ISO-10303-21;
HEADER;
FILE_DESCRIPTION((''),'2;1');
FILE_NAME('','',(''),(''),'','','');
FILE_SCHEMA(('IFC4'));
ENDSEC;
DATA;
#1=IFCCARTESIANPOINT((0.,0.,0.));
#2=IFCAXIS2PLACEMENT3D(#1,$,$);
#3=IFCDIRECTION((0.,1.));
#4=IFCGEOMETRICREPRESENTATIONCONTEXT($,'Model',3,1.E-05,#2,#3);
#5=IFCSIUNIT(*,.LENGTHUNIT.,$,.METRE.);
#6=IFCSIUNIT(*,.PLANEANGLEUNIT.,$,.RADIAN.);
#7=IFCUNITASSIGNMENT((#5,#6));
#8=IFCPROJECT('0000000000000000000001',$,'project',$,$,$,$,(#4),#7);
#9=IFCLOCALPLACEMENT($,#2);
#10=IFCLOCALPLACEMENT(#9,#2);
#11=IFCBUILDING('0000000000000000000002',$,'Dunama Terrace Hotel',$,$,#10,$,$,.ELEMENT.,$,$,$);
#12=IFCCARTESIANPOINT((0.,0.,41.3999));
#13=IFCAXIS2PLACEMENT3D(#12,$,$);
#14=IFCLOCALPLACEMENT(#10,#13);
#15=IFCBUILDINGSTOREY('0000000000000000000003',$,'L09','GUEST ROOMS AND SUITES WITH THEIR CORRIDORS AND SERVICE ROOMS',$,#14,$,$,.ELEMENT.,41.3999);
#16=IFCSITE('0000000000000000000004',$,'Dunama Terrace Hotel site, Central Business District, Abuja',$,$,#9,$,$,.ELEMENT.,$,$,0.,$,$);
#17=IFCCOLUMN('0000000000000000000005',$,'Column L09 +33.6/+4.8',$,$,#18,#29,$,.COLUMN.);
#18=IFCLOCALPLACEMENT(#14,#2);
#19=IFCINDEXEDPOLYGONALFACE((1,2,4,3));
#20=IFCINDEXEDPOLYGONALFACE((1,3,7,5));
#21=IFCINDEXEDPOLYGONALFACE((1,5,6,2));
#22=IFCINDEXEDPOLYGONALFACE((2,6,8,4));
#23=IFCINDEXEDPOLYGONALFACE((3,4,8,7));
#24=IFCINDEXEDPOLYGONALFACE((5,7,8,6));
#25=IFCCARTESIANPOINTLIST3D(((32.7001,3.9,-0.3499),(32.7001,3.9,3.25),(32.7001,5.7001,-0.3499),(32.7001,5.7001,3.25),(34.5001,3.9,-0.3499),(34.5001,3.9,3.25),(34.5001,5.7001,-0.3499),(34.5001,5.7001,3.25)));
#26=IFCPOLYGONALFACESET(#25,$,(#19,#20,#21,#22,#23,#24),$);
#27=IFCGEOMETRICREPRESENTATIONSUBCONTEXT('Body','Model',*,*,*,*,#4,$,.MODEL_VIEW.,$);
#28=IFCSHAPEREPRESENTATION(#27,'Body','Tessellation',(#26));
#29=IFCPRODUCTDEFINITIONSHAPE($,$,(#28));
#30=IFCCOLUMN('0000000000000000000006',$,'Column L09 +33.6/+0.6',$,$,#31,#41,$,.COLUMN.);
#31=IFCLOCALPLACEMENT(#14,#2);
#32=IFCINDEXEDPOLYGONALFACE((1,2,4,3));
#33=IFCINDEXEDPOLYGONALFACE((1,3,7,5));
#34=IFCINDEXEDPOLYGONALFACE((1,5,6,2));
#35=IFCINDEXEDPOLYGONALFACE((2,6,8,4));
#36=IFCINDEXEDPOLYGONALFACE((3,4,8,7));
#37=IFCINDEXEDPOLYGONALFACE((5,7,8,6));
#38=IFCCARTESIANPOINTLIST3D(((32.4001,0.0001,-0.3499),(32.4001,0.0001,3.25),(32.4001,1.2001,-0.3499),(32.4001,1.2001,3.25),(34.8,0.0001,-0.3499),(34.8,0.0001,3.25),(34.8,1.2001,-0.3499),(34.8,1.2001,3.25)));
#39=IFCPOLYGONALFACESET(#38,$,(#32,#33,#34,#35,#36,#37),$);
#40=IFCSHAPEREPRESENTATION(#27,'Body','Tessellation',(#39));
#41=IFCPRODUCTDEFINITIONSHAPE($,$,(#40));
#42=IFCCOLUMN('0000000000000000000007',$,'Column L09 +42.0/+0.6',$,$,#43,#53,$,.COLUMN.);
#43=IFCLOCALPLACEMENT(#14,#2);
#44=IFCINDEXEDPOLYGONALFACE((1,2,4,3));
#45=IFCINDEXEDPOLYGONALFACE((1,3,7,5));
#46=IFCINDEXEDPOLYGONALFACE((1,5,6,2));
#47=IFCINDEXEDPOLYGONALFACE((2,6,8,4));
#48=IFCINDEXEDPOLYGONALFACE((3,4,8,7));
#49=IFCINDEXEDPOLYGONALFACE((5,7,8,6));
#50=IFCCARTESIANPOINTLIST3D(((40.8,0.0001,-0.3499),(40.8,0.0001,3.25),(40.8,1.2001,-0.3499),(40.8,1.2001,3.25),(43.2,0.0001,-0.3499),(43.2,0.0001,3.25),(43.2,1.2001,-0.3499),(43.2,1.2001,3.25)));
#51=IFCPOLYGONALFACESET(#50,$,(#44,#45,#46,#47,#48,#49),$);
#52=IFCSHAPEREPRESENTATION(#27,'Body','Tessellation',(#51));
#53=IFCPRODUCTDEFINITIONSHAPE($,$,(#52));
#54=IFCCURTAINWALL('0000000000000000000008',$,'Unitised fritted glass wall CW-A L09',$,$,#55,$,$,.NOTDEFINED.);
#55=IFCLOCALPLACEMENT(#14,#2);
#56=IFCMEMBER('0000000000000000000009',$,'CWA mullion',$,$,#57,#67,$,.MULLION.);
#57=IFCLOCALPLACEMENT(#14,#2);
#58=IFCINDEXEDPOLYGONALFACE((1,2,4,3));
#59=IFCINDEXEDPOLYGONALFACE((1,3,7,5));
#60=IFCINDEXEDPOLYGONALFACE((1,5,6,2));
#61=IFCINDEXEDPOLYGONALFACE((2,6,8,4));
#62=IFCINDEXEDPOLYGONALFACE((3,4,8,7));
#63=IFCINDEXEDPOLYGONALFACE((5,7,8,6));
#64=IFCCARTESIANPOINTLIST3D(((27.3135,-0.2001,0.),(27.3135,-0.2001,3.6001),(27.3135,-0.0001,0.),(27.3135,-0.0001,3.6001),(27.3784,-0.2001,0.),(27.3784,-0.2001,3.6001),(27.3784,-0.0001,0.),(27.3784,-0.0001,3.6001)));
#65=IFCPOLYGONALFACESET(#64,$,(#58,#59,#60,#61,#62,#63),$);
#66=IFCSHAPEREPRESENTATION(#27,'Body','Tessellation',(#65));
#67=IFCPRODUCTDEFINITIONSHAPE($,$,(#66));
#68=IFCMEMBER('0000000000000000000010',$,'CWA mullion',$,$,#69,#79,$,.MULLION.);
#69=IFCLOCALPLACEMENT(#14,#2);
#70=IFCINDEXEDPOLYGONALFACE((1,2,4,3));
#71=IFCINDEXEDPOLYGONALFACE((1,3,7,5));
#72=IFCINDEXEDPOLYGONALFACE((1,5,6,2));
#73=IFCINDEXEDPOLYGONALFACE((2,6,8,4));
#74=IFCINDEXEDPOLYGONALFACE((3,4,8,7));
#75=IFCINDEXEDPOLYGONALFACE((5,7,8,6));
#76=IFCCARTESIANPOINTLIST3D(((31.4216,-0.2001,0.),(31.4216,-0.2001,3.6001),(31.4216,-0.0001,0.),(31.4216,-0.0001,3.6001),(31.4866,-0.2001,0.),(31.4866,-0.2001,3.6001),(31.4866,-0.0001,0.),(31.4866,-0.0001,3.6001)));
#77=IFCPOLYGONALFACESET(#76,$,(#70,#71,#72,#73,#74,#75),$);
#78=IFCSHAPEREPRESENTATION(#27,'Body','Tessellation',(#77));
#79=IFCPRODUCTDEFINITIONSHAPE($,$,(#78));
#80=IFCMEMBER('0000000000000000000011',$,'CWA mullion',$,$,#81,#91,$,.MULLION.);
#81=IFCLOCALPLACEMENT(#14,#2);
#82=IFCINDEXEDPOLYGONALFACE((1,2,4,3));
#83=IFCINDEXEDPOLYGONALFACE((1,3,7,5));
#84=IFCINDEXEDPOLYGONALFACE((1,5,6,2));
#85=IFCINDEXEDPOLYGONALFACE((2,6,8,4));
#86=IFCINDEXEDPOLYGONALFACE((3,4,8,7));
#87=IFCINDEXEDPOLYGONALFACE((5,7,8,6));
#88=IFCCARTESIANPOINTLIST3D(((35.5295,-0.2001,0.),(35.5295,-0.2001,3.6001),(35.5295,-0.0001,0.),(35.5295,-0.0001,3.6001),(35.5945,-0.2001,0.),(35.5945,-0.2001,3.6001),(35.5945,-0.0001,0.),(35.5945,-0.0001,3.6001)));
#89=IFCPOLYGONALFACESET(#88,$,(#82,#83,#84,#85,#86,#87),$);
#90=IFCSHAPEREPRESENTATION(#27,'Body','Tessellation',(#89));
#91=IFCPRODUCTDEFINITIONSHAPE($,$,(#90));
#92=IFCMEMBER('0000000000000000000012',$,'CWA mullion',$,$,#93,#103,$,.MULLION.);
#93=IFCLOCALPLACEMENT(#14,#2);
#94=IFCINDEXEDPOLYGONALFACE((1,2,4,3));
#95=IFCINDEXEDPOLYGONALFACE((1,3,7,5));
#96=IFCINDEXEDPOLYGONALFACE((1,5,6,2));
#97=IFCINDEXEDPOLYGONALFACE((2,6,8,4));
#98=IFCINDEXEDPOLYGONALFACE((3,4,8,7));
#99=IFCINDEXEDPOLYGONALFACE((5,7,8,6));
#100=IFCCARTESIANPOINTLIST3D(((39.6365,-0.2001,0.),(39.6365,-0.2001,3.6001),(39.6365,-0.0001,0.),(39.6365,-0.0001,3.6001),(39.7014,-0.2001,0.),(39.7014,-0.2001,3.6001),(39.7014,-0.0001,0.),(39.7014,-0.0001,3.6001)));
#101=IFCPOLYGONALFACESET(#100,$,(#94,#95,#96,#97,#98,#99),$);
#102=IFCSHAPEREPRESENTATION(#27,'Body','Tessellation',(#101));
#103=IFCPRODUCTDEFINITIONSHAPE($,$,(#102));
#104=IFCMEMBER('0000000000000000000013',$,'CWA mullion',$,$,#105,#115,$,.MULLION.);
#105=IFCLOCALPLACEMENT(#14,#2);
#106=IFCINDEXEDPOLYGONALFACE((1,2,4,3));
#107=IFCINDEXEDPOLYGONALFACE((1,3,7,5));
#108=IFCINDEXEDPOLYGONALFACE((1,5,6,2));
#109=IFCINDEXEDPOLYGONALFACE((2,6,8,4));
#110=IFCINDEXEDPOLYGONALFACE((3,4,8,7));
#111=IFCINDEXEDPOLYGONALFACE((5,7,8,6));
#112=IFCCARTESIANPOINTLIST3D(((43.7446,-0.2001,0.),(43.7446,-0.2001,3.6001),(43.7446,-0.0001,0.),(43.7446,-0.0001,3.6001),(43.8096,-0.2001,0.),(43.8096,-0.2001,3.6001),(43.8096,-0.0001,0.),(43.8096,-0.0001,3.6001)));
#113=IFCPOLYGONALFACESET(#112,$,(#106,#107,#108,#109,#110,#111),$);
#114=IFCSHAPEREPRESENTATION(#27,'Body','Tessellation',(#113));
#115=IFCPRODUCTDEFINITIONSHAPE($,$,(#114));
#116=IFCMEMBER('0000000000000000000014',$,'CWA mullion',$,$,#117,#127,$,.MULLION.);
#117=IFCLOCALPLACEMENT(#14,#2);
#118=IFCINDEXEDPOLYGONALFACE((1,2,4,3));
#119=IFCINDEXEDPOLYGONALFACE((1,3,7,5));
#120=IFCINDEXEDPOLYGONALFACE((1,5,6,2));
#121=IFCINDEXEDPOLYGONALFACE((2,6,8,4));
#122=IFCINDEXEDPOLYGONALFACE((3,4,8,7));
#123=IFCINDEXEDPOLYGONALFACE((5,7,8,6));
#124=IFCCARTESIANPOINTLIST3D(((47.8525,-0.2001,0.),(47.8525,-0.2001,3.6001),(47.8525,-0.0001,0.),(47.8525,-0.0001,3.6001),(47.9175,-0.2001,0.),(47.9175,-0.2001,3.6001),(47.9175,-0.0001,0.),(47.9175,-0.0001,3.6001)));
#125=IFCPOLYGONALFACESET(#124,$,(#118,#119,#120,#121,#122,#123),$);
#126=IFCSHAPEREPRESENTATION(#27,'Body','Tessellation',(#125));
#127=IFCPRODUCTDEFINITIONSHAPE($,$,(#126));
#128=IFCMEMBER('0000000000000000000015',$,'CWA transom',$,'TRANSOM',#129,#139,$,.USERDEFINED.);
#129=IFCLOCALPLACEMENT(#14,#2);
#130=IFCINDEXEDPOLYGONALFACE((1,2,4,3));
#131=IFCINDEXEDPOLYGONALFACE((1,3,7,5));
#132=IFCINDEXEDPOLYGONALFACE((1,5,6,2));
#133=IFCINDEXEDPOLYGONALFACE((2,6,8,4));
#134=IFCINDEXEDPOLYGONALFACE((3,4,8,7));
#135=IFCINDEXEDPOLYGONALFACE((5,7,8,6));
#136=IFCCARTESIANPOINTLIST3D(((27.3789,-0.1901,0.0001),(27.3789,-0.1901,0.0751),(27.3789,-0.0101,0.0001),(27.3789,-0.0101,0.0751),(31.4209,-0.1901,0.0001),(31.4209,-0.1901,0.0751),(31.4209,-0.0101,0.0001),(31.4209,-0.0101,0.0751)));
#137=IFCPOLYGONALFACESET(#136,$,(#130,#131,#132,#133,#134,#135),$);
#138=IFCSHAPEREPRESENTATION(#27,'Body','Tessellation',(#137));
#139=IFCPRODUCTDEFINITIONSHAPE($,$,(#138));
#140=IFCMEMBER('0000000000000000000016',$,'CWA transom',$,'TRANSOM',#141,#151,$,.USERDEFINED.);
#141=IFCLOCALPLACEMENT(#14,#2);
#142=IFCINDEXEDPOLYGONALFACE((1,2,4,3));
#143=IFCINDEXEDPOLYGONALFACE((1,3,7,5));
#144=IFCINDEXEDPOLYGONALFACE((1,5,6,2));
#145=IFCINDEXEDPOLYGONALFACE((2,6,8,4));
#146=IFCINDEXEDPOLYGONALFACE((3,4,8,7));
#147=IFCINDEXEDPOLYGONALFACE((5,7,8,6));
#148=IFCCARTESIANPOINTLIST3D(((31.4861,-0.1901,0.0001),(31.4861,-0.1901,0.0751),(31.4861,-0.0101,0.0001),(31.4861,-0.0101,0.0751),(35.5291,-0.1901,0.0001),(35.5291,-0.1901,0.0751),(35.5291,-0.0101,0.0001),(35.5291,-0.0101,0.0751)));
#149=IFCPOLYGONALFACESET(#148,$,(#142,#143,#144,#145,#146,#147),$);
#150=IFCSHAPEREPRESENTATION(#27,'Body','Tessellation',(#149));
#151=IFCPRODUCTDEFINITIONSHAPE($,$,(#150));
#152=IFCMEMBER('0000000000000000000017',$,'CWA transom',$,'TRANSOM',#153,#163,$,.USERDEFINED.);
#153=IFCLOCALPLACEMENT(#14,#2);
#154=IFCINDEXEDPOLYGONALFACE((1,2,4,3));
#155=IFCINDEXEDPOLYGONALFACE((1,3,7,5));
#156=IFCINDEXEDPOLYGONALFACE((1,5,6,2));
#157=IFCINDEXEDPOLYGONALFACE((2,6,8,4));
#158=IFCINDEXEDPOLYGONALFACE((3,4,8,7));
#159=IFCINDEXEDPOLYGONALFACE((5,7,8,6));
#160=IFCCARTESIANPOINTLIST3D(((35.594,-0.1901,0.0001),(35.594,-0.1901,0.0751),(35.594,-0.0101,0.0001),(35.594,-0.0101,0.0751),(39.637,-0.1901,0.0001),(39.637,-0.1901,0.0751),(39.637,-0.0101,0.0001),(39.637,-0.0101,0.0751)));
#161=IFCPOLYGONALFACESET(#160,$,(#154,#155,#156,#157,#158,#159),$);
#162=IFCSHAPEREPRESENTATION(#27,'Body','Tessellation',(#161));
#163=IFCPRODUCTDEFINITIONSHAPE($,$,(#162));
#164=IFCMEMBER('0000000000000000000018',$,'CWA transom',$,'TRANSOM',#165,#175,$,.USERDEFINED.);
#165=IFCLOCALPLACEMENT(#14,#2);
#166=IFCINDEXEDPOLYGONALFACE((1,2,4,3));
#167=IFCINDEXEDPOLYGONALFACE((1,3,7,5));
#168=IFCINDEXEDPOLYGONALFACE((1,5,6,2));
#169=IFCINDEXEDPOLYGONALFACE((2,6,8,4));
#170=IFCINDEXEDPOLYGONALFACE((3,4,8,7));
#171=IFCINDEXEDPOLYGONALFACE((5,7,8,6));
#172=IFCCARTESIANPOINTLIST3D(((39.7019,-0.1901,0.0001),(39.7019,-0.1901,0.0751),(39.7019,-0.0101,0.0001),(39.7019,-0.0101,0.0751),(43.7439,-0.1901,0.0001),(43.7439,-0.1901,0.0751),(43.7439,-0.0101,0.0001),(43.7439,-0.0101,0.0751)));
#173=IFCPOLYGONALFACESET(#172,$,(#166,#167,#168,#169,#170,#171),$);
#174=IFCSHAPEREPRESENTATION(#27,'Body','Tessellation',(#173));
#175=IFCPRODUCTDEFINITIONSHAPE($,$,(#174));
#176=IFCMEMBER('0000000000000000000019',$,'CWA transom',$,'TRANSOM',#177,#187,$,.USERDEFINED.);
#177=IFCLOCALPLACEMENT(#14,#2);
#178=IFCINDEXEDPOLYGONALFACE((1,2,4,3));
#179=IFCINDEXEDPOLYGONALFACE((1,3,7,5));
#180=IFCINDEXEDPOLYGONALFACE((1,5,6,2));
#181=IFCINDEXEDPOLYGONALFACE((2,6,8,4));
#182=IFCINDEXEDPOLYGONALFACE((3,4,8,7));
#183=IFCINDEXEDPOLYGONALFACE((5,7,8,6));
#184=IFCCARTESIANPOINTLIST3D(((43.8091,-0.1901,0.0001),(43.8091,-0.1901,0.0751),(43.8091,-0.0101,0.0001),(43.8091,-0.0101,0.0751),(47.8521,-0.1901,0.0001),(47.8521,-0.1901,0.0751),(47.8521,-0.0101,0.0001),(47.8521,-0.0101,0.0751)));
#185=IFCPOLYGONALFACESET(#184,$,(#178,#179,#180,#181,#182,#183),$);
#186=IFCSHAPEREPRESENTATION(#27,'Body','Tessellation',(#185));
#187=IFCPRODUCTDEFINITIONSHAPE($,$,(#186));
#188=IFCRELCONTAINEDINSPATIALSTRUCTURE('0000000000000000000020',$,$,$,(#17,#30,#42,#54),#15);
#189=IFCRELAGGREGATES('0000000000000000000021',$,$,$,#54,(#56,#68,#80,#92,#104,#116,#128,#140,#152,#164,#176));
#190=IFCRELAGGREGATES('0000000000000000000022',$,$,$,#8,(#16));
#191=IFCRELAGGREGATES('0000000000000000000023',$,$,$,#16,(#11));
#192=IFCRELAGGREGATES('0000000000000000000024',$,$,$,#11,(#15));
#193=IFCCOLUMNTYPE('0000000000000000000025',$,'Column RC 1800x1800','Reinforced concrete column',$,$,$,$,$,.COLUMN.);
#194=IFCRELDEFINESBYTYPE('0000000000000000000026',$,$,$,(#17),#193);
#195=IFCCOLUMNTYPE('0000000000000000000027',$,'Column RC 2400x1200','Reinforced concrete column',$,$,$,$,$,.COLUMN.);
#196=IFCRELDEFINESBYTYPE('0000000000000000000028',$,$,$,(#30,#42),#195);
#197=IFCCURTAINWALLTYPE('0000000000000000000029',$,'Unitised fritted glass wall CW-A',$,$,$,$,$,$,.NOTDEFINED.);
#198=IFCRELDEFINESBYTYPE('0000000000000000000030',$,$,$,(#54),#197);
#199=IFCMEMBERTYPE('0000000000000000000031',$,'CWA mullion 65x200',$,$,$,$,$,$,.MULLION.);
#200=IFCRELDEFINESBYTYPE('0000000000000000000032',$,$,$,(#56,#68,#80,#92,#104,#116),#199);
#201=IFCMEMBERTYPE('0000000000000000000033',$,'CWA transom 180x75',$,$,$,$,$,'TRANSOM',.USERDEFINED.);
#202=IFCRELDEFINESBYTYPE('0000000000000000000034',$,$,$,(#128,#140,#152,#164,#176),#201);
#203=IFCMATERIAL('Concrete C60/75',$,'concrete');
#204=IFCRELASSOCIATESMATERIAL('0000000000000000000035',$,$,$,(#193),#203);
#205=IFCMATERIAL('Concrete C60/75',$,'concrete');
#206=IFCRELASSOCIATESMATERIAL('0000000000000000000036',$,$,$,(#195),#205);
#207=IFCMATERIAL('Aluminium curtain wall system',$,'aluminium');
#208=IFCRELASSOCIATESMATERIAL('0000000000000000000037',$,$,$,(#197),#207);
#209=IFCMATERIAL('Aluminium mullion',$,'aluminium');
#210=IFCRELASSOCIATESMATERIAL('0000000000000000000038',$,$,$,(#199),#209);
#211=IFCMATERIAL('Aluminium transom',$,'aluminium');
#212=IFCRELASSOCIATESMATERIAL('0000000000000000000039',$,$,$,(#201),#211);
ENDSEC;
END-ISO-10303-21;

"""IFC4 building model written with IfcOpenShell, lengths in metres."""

from ifc_helpers import new_model, si_unit, direction, frame, origin, origin_2d, place, context, subcontext, project, spatial, rectangle, extrude, material, material_profile, profile_set, type_object, element, aggregate, save


model = new_model("IFC4")

# Units and contexts
model_context = context("Model", 3, precision=1e-05, world=origin(), true_north=direction((0.0, 1.0)))
body_context = subcontext(model_context, "Body", "Model", "MODEL_VIEW")
ifc_project = project(units=[si_unit("LENGTHUNIT", "METRE"), si_unit("PLANEANGLEUNIT", "RADIAN")], contexts=[model_context])

# Site, building, storey
site_placement = place(None, origin())
site = spatial("IfcSite", under=ifc_project, at=site_placement, Name="Dunama Terrace Hotel site, Central Business District, Abuja", CompositionType="ELEMENT", RefElevation=0.0)
building_placement = place(site_placement, origin())
building = spatial("IfcBuilding", under=site, at=building_placement, Name="Dunama Terrace Hotel", CompositionType="ELEMENT")
storey_placement = place(building_placement, frame((0.0, 0.0, 41.3999)))
storey = spatial("IfcBuildingStorey", under=building, at=storey_placement, Name="L09", Description="GUEST ROOMS AND SUITES WITH THEIR CORRIDORS AND SERVICE ROOMS", CompositionType="ELEMENT", Elevation=41.3999)

# Columns
ifc_material_1 = material(Name="Concrete C60/75", Category="concrete")
ifc_material_profile_1 = material_profile(ifc_material_1, rectangle(XDim=1.8, YDim=1.8, at=origin_2d()), Name="RC 1800x1800")
ifc_profile_set_1 = profile_set([ifc_material_profile_1], Name="Concrete C60/75")
column_type_1 = type_object("IfcColumnType", Name="Column RC 1800x1800", Description="Reinforced concrete column", PredefinedType="COLUMN", material=ifc_profile_set_1)
column_placement = place(storey_placement, frame((33.6001, 4.8, -0.3499), z_axis=(0.0, 0.0, 1.0), x_axis=(1.0, 0.0, 0.0)))
element("IfcColumn", 1, at=column_placement, inside=storey, type_object=column_type_1, Name="Column L09 +33.6/+4.8", PredefinedType="COLUMN", context=body_context, shape_type="SweptSolid", body=[
    extrude(rectangle(XDim=1.8, YDim=1.8, at=origin_2d()), origin(), (0.0, 0.0, 1.0), 3.5999),
])
ifc_material_2 = material(Name="Concrete C60/75", Category="concrete")
ifc_material_profile_2 = material_profile(ifc_material_2, rectangle(XDim=2.3999, YDim=1.2, at=origin_2d()), Name="RC 2400x1200")
ifc_profile_set_2 = profile_set([ifc_material_profile_2], Name="Concrete C60/75")
column_type_2 = type_object("IfcColumnType", Name="Column RC 2400x1200", Description="Reinforced concrete column", PredefinedType="COLUMN", material=ifc_profile_set_2)
for number, where, z_axis, x_axis, name in (
    (2, (33.6001, 0.6001, -0.3499), (0.0, 0.0, 1.0), (1.0, 0.0, 0.0), "Column L09 +33.6/+0.6"),
    (3, (42.0, 0.6001, -0.3499), (0.0, 0.0, 1.0), (1.0, 0.0, 0.0), "Column L09 +42.0/+0.6"),
):
    element("IfcColumn", number, at=place(storey_placement, frame(where, z_axis=z_axis, x_axis=x_axis)), inside=storey, type_object=column_type_2, Name=name, PredefinedType="COLUMN", context=body_context, shape_type="SweptSolid", body=[
        extrude(rectangle(XDim=2.3999, YDim=1.2, at=origin_2d()), origin(), (0.0, 0.0, 1.0), 3.5999),
    ])

# Curtain wall, members
ifc_material_3 = material(Name="Aluminium curtain wall system", Category="aluminium")
curtain_wall_type = type_object("IfcCurtainWallType", Name="Unitised fritted glass wall CW-A", PredefinedType="NOTDEFINED", material=ifc_material_3)
curtain_wall_placement = place(storey_placement, origin())
curtain_wall = element("IfcCurtainWall", 4, at=curtain_wall_placement, inside=storey, type_object=curtain_wall_type, Name="Unitised fritted glass wall CW-A L09", PredefinedType="NOTDEFINED")
ifc_material_4 = material(Name="Aluminium mullion", Category="aluminium")
ifc_material_profile_3 = material_profile(ifc_material_4, rectangle(XDim=0.0649, YDim=0.2, at=origin_2d()), Name="CWA MULLION 65X200")
ifc_profile_set_3 = profile_set([ifc_material_profile_3], Name="Aluminium mullion")
member_type_1 = type_object("IfcMemberType", Name="CWA mullion 65x200", PredefinedType="MULLION", material=ifc_profile_set_3)
member_1_placement = place(storey_placement, frame((27.3459, -0.1001, 0.0), z_axis=(0.0, 0.0, 1.0), x_axis=(1.0, 0.0, 0.0)))
member_1 = element("IfcMember", 5, at=member_1_placement, type_object=member_type_1, Name="CWA mullion", PredefinedType="MULLION", context=body_context, shape_type="SweptSolid", body=[
    extrude(rectangle(XDim=0.0649, YDim=0.2, at=origin_2d()), origin(), (0.0, 0.0, 1.0), 3.6001),
])
member_2_placement = place(storey_placement, frame((31.4541, -0.1001, 0.0), z_axis=(0.0, 0.0, 1.0), x_axis=(1.0, 0.0, 0.0)))
member_2 = element("IfcMember", 6, at=member_2_placement, type_object=member_type_1, Name="CWA mullion", PredefinedType="MULLION", context=body_context, shape_type="SweptSolid", body=[
    extrude(rectangle(XDim=0.0649, YDim=0.2, at=origin_2d()), origin(), (0.0, 0.0, 1.0), 3.6001),
])
member_3_placement = place(storey_placement, frame((35.562, -0.1001, 0.0), z_axis=(0.0, 0.0, 1.0), x_axis=(1.0, 0.0, 0.0)))
member_3 = element("IfcMember", 7, at=member_3_placement, type_object=member_type_1, Name="CWA mullion", PredefinedType="MULLION", context=body_context, shape_type="SweptSolid", body=[
    extrude(rectangle(XDim=0.0649, YDim=0.2, at=origin_2d()), origin(), (0.0, 0.0, 1.0), 3.6001),
])
member_4_placement = place(storey_placement, frame((39.6689, -0.1001, 0.0), z_axis=(0.0, 0.0, 1.0), x_axis=(1.0, 0.0, 0.0)))
member_4 = element("IfcMember", 8, at=member_4_placement, type_object=member_type_1, Name="CWA mullion", PredefinedType="MULLION", context=body_context, shape_type="SweptSolid", body=[
    extrude(rectangle(XDim=0.0649, YDim=0.2, at=origin_2d()), origin(), (0.0, 0.0, 1.0), 3.6001),
])
member_5_placement = place(storey_placement, frame((43.7771, -0.1001, 0.0), z_axis=(0.0, 0.0, 1.0), x_axis=(1.0, 0.0, 0.0)))
member_5 = element("IfcMember", 9, at=member_5_placement, type_object=member_type_1, Name="CWA mullion", PredefinedType="MULLION", context=body_context, shape_type="SweptSolid", body=[
    extrude(rectangle(XDim=0.0649, YDim=0.2, at=origin_2d()), origin(), (0.0, 0.0, 1.0), 3.6001),
])
member_6_placement = place(storey_placement, frame((47.885, -0.1001, 0.0), z_axis=(0.0, 0.0, 1.0), x_axis=(1.0, 0.0, 0.0)))
member_6 = element("IfcMember", 10, at=member_6_placement, type_object=member_type_1, Name="CWA mullion", PredefinedType="MULLION", context=body_context, shape_type="SweptSolid", body=[
    extrude(rectangle(XDim=0.0649, YDim=0.2, at=origin_2d()), origin(), (0.0, 0.0, 1.0), 3.6001),
])
ifc_material_5 = material(Name="Aluminium transom", Category="aluminium")
ifc_material_profile_4 = material_profile(ifc_material_5, rectangle(XDim=0.1799, YDim=0.075, at=origin_2d()), Name="CWA TRANSOM 180X75")
ifc_profile_set_4 = profile_set([ifc_material_profile_4], Name="Aluminium transom")
member_type_2 = type_object("IfcMemberType", Name="CWA transom 180x75", ElementType="TRANSOM", PredefinedType="USERDEFINED", material=ifc_profile_set_4)
member_7_placement = place(storey_placement, frame((27.3789, -0.1001, 0.0376), z_axis=(1.0, 0.0, 0.0), x_axis=(0.0, 1.0, 0.0)))
member_7 = element("IfcMember", 11, at=member_7_placement, type_object=member_type_2, Name="CWA transom", ObjectType="TRANSOM", PredefinedType="USERDEFINED", context=body_context, shape_type="SweptSolid", body=[
    extrude(rectangle(XDim=0.1799, YDim=0.075, at=origin_2d()), origin(), (0.0, 0.0, 1.0), 4.042),
])
member_8_placement = place(storey_placement, frame((31.4861, -0.1001, 0.0376), z_axis=(1.0, 0.0, 0.0), x_axis=(0.0, 1.0, 0.0)))
member_8 = element("IfcMember", 12, at=member_8_placement, type_object=member_type_2, Name="CWA transom", ObjectType="TRANSOM", PredefinedType="USERDEFINED", context=body_context, shape_type="SweptSolid", body=[
    extrude(rectangle(XDim=0.1799, YDim=0.075, at=origin_2d()), origin(), (0.0, 0.0, 1.0), 4.043),
])
member_9_placement = place(storey_placement, frame((35.594, -0.1001, 0.0376), z_axis=(1.0, 0.0, 0.0), x_axis=(0.0, 1.0, 0.0)))
member_9 = element("IfcMember", 13, at=member_9_placement, type_object=member_type_2, Name="CWA transom", ObjectType="TRANSOM", PredefinedType="USERDEFINED", context=body_context, shape_type="SweptSolid", body=[
    extrude(rectangle(XDim=0.1799, YDim=0.075, at=origin_2d()), origin(), (0.0, 0.0, 1.0), 4.043),
])
member_10_placement = place(storey_placement, frame((39.7019, -0.1001, 0.0376), z_axis=(1.0, 0.0, 0.0), x_axis=(0.0, 1.0, 0.0)))
member_10 = element("IfcMember", 14, at=member_10_placement, type_object=member_type_2, Name="CWA transom", ObjectType="TRANSOM", PredefinedType="USERDEFINED", context=body_context, shape_type="SweptSolid", body=[
    extrude(rectangle(XDim=0.1799, YDim=0.075, at=origin_2d()), origin(), (0.0, 0.0, 1.0), 4.042),
])
member_11_placement = place(storey_placement, frame((43.8091, -0.1001, 0.0376), z_axis=(1.0, 0.0, 0.0), x_axis=(0.0, 1.0, 0.0)))
member_11 = element("IfcMember", 15, at=member_11_placement, type_object=member_type_2, Name="CWA transom", ObjectType="TRANSOM", PredefinedType="USERDEFINED", context=body_context, shape_type="SweptSolid", body=[
    extrude(rectangle(XDim=0.1799, YDim=0.075, at=origin_2d()), origin(), (0.0, 0.0, 1.0), 4.043),
])

aggregate(curtain_wall, [member_1, member_2, member_3, member_4, member_5, member_6, member_7, member_8, member_9, member_10, member_11])

save(model, "model.ifc")
